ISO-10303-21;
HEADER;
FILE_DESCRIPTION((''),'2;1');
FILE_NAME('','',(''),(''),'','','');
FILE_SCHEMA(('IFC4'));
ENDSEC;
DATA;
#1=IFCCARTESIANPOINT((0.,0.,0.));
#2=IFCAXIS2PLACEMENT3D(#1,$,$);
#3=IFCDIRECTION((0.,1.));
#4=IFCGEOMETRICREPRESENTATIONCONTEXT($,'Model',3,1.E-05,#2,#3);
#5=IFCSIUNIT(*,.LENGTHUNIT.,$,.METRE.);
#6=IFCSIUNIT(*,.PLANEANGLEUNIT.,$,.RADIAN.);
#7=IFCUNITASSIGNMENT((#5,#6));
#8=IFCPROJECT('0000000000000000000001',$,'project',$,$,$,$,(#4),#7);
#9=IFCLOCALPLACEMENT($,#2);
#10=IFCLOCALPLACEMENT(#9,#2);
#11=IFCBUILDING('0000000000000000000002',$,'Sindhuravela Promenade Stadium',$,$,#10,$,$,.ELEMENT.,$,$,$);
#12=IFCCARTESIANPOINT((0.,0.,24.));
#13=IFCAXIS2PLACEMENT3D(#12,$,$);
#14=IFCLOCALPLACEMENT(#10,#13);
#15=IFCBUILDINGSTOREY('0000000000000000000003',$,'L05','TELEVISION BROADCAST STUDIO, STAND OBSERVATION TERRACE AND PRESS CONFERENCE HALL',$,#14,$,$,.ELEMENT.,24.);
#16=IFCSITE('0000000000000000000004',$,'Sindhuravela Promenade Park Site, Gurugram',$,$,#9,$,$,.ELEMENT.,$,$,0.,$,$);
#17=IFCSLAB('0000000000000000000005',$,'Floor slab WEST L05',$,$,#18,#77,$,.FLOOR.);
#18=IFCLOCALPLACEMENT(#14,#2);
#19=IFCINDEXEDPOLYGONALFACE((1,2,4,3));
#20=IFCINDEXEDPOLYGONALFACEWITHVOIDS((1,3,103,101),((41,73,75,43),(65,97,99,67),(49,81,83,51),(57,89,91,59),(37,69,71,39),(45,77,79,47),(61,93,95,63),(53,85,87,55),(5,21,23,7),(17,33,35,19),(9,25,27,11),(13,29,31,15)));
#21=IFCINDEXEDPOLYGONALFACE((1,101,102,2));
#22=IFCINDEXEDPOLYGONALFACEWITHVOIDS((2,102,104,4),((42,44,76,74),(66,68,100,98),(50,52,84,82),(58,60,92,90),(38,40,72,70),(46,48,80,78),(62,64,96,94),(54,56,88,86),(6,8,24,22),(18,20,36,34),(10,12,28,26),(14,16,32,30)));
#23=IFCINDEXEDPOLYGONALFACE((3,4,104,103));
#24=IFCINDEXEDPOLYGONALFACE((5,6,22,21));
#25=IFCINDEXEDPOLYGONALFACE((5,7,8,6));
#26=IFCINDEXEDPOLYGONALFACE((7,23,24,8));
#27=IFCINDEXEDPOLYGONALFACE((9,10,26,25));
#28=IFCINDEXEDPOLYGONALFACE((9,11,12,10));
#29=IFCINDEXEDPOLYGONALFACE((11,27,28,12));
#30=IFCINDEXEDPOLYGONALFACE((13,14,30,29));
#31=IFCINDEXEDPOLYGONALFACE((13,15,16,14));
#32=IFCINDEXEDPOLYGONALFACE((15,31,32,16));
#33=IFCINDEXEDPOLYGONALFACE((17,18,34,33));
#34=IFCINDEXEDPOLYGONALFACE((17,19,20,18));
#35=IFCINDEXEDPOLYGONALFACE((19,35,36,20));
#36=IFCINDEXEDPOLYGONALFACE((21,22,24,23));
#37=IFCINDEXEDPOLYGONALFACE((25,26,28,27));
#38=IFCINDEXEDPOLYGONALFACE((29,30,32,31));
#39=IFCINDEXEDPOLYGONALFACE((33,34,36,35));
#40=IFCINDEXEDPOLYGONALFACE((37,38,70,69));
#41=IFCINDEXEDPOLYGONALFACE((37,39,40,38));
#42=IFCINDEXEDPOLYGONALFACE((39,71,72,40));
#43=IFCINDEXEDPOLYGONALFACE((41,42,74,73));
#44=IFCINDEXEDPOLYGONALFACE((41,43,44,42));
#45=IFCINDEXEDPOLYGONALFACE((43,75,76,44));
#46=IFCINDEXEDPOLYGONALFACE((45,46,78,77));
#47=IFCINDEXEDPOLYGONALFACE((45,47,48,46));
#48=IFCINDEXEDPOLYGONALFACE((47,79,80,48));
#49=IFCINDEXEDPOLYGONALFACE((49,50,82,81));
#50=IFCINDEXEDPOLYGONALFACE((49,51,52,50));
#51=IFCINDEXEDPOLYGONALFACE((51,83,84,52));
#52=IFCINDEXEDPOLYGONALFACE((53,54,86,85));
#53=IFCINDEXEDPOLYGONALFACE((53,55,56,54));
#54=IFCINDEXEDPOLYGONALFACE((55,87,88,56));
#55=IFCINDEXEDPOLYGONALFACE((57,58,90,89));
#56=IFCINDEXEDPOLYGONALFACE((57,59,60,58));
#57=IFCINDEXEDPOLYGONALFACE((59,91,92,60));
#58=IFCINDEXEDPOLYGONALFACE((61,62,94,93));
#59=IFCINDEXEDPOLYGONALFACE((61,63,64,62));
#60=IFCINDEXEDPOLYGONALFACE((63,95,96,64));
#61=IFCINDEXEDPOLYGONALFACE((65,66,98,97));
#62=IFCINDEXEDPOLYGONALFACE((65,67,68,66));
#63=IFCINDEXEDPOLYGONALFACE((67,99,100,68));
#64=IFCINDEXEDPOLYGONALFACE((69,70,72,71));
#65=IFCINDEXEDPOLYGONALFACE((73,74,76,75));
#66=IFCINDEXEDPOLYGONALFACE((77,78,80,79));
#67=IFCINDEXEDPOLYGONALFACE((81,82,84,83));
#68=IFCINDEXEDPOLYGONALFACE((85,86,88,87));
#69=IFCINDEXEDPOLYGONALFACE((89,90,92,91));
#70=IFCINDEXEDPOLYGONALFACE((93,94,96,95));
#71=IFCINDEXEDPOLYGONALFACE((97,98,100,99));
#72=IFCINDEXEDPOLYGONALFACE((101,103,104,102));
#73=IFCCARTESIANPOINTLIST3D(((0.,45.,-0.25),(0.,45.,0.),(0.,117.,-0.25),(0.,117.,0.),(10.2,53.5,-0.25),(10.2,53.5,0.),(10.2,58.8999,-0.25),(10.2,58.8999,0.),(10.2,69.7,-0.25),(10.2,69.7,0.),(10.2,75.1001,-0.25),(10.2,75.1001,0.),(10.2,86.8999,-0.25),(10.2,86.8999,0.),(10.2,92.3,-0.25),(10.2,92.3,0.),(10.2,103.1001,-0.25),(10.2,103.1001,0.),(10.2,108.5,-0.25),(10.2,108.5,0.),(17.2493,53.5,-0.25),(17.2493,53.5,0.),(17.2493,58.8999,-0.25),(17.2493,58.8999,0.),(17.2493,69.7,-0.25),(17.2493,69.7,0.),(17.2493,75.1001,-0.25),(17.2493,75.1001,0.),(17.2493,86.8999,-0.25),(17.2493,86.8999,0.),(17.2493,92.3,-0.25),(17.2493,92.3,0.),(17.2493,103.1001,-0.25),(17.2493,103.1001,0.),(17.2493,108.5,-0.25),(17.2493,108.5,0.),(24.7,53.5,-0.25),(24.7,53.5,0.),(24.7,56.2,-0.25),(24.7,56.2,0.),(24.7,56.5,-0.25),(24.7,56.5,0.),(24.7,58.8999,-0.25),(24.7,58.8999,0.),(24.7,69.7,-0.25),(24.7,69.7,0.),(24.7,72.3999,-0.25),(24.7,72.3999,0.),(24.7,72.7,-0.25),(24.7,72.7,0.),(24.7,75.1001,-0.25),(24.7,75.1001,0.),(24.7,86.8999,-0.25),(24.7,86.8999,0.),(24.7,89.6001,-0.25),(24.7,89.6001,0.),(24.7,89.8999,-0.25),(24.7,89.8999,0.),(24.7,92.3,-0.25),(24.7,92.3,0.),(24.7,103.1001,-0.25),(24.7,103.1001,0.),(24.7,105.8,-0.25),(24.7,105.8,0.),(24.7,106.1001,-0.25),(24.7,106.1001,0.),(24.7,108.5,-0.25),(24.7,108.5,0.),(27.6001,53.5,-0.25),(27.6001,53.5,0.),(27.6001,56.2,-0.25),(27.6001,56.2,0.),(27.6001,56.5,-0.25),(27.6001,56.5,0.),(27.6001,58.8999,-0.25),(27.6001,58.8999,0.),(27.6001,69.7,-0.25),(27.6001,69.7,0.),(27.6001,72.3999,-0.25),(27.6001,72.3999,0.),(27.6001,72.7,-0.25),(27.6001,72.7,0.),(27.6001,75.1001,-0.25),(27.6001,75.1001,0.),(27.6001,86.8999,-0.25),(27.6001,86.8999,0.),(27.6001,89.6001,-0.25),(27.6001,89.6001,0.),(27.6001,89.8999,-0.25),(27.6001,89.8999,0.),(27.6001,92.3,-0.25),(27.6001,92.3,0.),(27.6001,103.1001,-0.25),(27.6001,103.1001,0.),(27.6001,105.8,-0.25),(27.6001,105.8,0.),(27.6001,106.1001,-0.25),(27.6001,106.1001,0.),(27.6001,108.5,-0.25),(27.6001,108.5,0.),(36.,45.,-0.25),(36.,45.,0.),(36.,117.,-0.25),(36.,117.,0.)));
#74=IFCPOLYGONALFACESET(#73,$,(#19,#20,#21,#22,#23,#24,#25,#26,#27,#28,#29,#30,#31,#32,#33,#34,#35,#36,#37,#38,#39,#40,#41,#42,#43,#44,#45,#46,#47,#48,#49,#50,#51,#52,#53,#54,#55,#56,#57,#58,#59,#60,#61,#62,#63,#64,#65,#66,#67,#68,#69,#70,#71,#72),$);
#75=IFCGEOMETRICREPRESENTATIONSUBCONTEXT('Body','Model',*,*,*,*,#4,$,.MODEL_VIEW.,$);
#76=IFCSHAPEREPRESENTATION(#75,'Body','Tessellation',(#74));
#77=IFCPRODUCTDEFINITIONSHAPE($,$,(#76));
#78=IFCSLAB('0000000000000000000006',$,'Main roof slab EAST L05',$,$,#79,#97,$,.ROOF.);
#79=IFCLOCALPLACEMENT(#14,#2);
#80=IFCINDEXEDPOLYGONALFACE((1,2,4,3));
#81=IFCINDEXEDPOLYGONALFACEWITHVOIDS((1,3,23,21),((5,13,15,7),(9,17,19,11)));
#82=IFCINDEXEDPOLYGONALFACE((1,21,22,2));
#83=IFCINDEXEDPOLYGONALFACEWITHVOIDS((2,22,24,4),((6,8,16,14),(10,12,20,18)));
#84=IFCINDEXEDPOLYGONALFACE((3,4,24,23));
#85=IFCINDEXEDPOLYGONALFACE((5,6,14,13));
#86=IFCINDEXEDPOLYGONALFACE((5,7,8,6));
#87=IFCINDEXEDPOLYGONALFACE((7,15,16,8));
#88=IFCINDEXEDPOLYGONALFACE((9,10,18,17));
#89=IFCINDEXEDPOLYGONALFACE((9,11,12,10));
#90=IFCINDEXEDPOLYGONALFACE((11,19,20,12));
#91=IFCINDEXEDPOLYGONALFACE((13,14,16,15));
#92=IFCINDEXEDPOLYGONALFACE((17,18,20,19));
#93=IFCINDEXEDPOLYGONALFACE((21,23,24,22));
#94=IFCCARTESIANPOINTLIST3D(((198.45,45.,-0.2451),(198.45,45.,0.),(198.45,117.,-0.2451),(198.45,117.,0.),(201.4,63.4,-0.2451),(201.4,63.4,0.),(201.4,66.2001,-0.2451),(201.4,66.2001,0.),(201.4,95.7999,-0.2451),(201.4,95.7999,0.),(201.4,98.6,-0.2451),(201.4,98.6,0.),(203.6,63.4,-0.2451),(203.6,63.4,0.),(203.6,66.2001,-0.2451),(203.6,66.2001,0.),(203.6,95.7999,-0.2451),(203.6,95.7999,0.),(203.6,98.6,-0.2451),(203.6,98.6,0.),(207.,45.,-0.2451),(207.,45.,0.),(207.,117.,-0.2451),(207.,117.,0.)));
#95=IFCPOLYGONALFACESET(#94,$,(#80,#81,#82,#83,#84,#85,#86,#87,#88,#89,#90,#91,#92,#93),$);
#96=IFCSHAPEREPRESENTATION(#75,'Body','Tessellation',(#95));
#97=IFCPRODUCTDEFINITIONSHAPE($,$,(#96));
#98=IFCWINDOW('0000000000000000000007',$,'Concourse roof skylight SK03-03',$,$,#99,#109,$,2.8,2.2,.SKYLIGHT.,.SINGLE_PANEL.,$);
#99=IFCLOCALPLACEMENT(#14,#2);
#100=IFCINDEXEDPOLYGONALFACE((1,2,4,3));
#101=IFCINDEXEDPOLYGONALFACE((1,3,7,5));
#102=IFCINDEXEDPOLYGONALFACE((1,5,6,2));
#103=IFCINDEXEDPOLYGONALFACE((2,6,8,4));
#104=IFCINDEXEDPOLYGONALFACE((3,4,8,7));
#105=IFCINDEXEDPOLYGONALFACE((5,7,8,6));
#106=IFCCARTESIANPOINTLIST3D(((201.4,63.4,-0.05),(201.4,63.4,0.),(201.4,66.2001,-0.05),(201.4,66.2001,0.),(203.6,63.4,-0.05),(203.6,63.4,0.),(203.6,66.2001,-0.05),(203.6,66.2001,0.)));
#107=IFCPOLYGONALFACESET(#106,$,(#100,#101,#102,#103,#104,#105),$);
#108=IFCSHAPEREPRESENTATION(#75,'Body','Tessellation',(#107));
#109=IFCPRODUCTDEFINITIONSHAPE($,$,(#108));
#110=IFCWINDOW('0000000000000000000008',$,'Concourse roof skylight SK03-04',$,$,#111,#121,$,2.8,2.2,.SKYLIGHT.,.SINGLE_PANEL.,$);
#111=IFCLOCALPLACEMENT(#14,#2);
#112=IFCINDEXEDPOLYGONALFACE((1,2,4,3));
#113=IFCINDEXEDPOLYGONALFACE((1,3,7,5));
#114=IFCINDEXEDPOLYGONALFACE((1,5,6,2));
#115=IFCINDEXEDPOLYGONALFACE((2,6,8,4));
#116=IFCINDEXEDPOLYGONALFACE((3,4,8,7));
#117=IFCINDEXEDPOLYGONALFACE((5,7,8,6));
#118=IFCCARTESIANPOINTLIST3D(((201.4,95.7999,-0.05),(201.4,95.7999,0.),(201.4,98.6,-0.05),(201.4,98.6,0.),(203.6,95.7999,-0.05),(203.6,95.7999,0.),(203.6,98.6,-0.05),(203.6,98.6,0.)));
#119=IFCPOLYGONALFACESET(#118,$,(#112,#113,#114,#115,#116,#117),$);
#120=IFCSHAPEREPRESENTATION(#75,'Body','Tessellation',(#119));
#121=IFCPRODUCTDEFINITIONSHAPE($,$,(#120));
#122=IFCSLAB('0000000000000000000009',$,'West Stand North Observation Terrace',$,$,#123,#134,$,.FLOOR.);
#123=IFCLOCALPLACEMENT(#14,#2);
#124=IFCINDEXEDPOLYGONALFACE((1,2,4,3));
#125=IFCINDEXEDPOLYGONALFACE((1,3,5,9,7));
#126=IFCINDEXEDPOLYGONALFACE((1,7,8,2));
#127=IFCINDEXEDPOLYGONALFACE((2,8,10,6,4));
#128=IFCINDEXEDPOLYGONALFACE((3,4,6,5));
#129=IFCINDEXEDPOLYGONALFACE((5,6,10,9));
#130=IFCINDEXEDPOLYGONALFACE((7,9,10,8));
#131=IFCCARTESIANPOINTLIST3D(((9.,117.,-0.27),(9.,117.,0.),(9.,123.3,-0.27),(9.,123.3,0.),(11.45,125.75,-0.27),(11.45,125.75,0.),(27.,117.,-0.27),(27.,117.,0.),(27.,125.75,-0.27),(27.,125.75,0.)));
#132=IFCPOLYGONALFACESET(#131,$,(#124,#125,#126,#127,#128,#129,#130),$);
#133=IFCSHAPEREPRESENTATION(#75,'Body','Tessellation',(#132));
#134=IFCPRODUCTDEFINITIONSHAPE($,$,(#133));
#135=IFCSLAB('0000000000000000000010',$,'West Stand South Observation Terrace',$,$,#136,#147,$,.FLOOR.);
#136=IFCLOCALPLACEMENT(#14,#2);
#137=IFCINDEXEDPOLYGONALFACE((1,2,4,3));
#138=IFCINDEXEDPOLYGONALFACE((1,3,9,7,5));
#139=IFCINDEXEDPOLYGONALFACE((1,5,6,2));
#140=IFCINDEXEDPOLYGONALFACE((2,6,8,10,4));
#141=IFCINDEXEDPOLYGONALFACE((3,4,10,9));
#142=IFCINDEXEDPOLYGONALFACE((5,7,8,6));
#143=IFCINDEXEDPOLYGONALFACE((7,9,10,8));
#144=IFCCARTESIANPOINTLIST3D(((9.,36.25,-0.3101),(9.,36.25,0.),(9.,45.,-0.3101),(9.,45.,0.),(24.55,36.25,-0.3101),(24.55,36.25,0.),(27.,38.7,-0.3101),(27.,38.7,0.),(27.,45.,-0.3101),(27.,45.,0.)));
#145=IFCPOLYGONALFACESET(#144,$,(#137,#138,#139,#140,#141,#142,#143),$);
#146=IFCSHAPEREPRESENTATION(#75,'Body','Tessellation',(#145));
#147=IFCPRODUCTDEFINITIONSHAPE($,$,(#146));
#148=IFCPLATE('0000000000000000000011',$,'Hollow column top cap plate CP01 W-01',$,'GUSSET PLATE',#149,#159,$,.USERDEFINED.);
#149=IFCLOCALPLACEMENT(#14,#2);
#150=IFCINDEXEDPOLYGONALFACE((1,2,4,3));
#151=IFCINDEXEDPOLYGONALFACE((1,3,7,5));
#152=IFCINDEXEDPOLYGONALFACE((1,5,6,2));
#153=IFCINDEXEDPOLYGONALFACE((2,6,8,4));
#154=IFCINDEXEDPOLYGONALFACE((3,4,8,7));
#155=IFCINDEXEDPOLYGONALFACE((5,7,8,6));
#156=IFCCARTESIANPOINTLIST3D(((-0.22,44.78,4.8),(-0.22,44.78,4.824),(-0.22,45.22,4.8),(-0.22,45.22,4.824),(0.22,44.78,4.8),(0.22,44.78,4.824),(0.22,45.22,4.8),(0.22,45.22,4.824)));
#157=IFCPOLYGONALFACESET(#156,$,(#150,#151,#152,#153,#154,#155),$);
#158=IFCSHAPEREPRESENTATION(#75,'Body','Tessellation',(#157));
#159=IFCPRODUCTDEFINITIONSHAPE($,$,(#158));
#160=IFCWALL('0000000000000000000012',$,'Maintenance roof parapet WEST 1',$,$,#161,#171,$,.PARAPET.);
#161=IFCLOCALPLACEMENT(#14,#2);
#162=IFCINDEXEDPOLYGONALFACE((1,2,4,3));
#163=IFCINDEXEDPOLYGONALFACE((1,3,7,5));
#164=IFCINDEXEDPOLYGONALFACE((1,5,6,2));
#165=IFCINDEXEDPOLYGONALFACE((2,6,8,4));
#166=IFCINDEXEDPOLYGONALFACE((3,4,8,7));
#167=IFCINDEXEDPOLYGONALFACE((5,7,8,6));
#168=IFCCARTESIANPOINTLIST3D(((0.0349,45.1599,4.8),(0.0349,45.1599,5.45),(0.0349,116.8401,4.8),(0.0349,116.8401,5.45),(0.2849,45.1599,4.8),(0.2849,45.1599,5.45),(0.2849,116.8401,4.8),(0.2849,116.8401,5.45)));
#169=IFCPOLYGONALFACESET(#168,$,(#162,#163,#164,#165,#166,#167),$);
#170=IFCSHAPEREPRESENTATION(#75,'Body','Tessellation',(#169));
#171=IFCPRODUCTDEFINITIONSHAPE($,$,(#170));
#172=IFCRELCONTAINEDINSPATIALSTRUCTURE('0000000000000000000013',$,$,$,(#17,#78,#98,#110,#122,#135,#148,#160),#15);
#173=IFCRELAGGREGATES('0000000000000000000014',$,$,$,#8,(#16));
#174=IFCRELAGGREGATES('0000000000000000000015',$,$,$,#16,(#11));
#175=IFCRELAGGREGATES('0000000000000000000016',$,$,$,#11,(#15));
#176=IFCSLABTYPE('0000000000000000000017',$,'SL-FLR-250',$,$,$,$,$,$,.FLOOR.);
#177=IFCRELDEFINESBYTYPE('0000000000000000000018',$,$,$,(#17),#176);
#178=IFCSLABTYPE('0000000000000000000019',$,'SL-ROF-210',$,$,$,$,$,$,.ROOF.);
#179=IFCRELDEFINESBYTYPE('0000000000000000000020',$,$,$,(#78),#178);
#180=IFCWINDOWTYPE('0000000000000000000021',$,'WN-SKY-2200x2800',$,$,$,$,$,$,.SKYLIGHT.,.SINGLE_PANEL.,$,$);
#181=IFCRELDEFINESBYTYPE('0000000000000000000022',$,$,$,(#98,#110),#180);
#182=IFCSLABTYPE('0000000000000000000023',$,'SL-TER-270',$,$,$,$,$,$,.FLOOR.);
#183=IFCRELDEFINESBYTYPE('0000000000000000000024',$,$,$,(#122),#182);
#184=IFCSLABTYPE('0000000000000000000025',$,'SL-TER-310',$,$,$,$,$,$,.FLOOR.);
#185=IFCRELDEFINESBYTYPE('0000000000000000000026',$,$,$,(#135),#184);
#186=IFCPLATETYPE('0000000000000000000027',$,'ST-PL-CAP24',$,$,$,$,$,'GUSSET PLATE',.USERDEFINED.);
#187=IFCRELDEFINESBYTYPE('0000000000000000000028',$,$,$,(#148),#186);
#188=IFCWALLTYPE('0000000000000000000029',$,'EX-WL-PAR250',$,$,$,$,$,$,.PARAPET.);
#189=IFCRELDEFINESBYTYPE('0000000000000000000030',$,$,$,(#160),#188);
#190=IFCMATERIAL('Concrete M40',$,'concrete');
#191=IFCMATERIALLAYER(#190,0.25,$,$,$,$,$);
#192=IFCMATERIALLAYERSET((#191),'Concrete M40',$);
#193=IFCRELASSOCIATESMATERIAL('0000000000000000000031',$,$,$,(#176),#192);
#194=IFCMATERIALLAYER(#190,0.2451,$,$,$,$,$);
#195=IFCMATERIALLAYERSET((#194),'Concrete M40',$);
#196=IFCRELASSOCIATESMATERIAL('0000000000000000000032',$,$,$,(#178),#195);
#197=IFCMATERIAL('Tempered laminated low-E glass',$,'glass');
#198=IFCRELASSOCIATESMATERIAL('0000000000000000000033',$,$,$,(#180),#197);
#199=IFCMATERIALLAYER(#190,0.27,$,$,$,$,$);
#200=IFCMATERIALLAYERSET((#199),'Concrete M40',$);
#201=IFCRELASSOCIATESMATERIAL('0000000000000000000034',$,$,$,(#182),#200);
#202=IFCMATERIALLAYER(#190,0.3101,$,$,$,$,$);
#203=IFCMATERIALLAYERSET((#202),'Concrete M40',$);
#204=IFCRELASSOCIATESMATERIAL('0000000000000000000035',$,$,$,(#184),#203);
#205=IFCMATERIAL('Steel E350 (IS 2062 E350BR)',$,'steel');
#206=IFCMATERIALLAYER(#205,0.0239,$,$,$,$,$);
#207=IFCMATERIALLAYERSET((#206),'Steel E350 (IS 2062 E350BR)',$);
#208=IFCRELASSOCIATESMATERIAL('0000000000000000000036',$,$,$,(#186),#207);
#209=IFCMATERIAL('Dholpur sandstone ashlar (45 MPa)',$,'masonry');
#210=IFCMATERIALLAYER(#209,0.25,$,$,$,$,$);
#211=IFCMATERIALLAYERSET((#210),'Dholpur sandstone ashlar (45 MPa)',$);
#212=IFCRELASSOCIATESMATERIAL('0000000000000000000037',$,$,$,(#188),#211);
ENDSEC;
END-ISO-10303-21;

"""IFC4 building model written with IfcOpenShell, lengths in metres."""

from ifc_helpers import new_model, si_unit, direction, frame, frame_2d, origin, origin_2d, place, context, subcontext, project, spatial, polyline, rectangle, outline, extrude, material, layer, layer_set, type_object, element, fill, save


model = new_model("IFC4")

# Units and contexts
model_context = context("Model", 3, precision=1e-05, world=origin(), true_north=direction((0.0, 1.0)))
body_context = subcontext(model_context, "Body", "Model", "MODEL_VIEW")
ifc_project = project(units=[si_unit("LENGTHUNIT", "METRE"), si_unit("PLANEANGLEUNIT", "RADIAN")], contexts=[model_context])

# Site, building, storey
site_placement = place(None, origin())
site = spatial("IfcSite", under=ifc_project, at=site_placement, Name="Sindhuravela Promenade Park Site, Gurugram", CompositionType="ELEMENT", RefElevation=0.0)
building_placement = place(site_placement, origin())
building = spatial("IfcBuilding", under=site, at=building_placement, Name="Sindhuravela Promenade Stadium", CompositionType="ELEMENT")
storey_placement = place(building_placement, frame((0.0, 0.0, 24.0)))
storey = spatial("IfcBuildingStorey", under=building, at=storey_placement, Name="L05", Description="TELEVISION BROADCAST STUDIO, STAND OBSERVATION TERRACE AND PRESS CONFERENCE HALL", CompositionType="ELEMENT", Elevation=24.0)

# Shared definitions
ifc_material_1 = material(Name="Steel E350 (IS 2062 E350BR)", Category="steel")

# Shared definitions
ifc_material_2 = material(Name="Concrete M40", Category="concrete")

# Slab
ifc_layer_1 = layer(ifc_material_2, 0.25)
ifc_layer_set_1 = layer_set([ifc_layer_1], Name="Concrete M40")
slab_type_1 = type_object("IfcSlabType", Name="SL-FLR-250", PredefinedType="FLOOR", material=ifc_layer_set_1)
slab_1_placement = place(storey_placement, frame((0.0, 0.0, -0.25)))
element("IfcSlab", 1, at=slab_1_placement, inside=storey, type_object=slab_type_1, Name="Floor slab WEST L05", PredefinedType="FLOOR", context=body_context, shape_type="SweptSolid", body=[
    extrude(outline(polyline([(0.0, 45.0), (36.0, 45.0), (36.0, 117.0), (0.0, 117.0), (0.0, 45.0)]), holes=[polyline([(10.2, 53.5), (17.2493, 53.5), (17.2493, 58.8999), (10.2, 58.8999), (10.2, 53.5)]), polyline([(24.7, 56.5), (27.6001, 56.5), (27.6001, 58.8999), (24.7, 58.8999), (24.7, 56.5)]), polyline([(24.7, 53.5), (27.6001, 53.5), (27.6001, 56.2), (24.7, 56.2), (24.7, 53.5)]), polyline([(10.2, 69.7), (17.2493, 69.7), (17.2493, 75.1001), (10.2, 75.1001), (10.2, 69.7)]), polyline([(24.7, 72.7), (27.6001, 72.7), (27.6001, 75.1001), (24.7, 75.1001), (24.7, 72.7)]), polyline([(24.7, 69.7), (27.6001, 69.7), (27.6001, 72.3999), (24.7, 72.3999), (24.7, 69.7)]), polyline([(10.2, 86.8999), (17.2493, 86.8999), (17.2493, 92.3), (10.2, 92.3), (10.2, 86.8999)]), polyline([(24.7, 89.8999), (27.6001, 89.8999), (27.6001, 92.3), (24.7, 92.3), (24.7, 89.8999)]), polyline([(24.7, 86.8999), (27.6001, 86.8999), (27.6001, 89.6001), (24.7, 89.6001), (24.7, 86.8999)]), polyline([(10.2, 103.1001), (17.2493, 103.1001), (17.2493, 108.5), (10.2, 108.5), (10.2, 103.1001)]), polyline([(24.7, 106.1001), (27.6001, 106.1001), (27.6001, 108.5), (24.7, 108.5), (24.7, 106.1001)]), polyline([(24.7, 103.1001), (27.6001, 103.1001), (27.6001, 105.8), (24.7, 105.8), (24.7, 103.1001)])]), origin(), (0.0, 0.0, 1.0), 0.25),
])

# Slab, openings, windows
ifc_layer_2 = layer(ifc_material_2, 0.2451)
ifc_layer_set_2 = layer_set([ifc_layer_2], Name="Concrete M40")
slab_type_2 = type_object("IfcSlabType", Name="SL-ROF-210", PredefinedType="ROOF", material=ifc_layer_set_2)
slab_2_placement = place(storey_placement, frame((0.0, 0.0, -0.2451)))
slab_2 = element("IfcSlab", 2, at=slab_2_placement, inside=storey, type_object=slab_type_2, Name="Main roof slab EAST L05", PredefinedType="ROOF", context=body_context, shape_type="SweptSolid", body=[
    extrude(outline(polyline([(198.45, 45.0), (198.45, 117.0), (207.0, 117.0), (207.0, 45.0), (198.45, 45.0)])), origin(), (0.0, 0.0, 1.0), 0.2451),
])
opening_1_placement = place(slab_2_placement, frame((202.5, 64.8, -0.01)))
opening_1 = element("IfcOpeningElement", 3, at=opening_1_placement, cuts=slab_2, PredefinedType="OPENING", context=body_context, shape_type="SweptSolid", body=[
    extrude(rectangle(XDim=2.2, YDim=2.8, at=origin_2d()), origin(), (0.0, 0.0, 1.0), 0.2651),
])
opening_2_placement = place(slab_2_placement, frame((202.5, 97.2, -0.01)))
opening_2 = element("IfcOpeningElement", 4, at=opening_2_placement, cuts=slab_2, PredefinedType="OPENING", context=body_context, shape_type="SweptSolid", body=[
    extrude(rectangle(XDim=2.2, YDim=2.8, at=origin_2d()), origin(), (0.0, 0.0, 1.0), 0.2651),
])
ifc_material_3 = material(Name="Tempered laminated low-E glass", Category="glass")
window_type = type_object("IfcWindowType", Name="WN-SKY-2200x2800", PartitioningType="SINGLE_PANEL", PredefinedType="SKYLIGHT", material=ifc_material_3)
window_1_placement = place(slab_2_placement, frame((202.5, 64.8, 0.1951)))
window_1 = element("IfcWindow", 5, at=window_1_placement, inside=storey, type_object=window_type, Name="Concourse roof skylight SK03-03", OverallHeight=2.8, OverallWidth=2.2, PartitioningType="SINGLE_PANEL", PredefinedType="SKYLIGHT", context=body_context, shape_type="SweptSolid", body=[
    extrude(rectangle(XDim=2.2, YDim=2.8, at=origin_2d()), origin(), (0.0, 0.0, 1.0), 0.05),
])
fill(opening_1, window_1)
window_2_placement = place(slab_2_placement, frame((202.5, 97.2, 0.1951)))
window_2 = element("IfcWindow", 6, at=window_2_placement, inside=storey, type_object=window_type, Name="Concourse roof skylight SK03-04", OverallHeight=2.8, OverallWidth=2.2, PartitioningType="SINGLE_PANEL", PredefinedType="SKYLIGHT", context=body_context, shape_type="SweptSolid", body=[
    extrude(rectangle(XDim=2.2, YDim=2.8, at=origin_2d()), origin(), (0.0, 0.0, 1.0), 0.05),
])
fill(opening_2, window_2)

# Slabs
ifc_layer_3 = layer(ifc_material_2, 0.27)
ifc_layer_set_3 = layer_set([ifc_layer_3], Name="Concrete M40")
slab_type_3 = type_object("IfcSlabType", Name="SL-TER-270", PredefinedType="FLOOR", material=ifc_layer_set_3)
slab_3_placement = place(storey_placement, frame((0.0, 0.0, -0.27)))
element("IfcSlab", 7, at=slab_3_placement, inside=storey, type_object=slab_type_3, Name="West Stand North Observation Terrace", PredefinedType="FLOOR", context=body_context, shape_type="SweptSolid", body=[
    extrude(outline(polyline([(9.0, 117.0), (27.0, 117.0), (27.0, 125.75), (11.45, 125.75), (9.0, 123.3), (9.0, 117.0)])), origin(), (0.0, 0.0, 1.0), 0.27),
])
ifc_layer_4 = layer(ifc_material_2, 0.3101)
ifc_layer_set_4 = layer_set([ifc_layer_4], Name="Concrete M40")
slab_type_4 = type_object("IfcSlabType", Name="SL-TER-310", PredefinedType="FLOOR", material=ifc_layer_set_4)
slab_4_placement = place(storey_placement, frame((0.0, 0.0, -0.3101)))
element("IfcSlab", 8, at=slab_4_placement, inside=storey, type_object=slab_type_4, Name="West Stand South Observation Terrace", PredefinedType="FLOOR", context=body_context, shape_type="SweptSolid", body=[
    extrude(outline(polyline([(9.0, 36.25), (24.55, 36.25), (27.0, 38.7), (27.0, 45.0), (9.0, 45.0), (9.0, 36.25)])), origin(), (0.0, 0.0, 1.0), 0.3101),
])

# Plate
ifc_layer_5 = layer(ifc_material_1, 0.0239)
ifc_layer_set_5 = layer_set([ifc_layer_5], Name="Steel E350 (IS 2062 E350BR)")
plate_type_1 = type_object("IfcPlateType", Name="ST-PL-CAP24", ElementType="GUSSET PLATE", PredefinedType="USERDEFINED", material=ifc_layer_set_5)
plate_1_placement = place(storey_placement, frame((0.0, 45.0, 4.8), z_axis=(0.0, 0.0, 1.0), x_axis=(1.0, 0.0, 0.0)))
element("IfcPlate", 9, at=plate_1_placement, inside=storey, type_object=plate_type_1, Name="Hollow column top cap plate CP01 W-01", ObjectType="GUSSET PLATE", PredefinedType="USERDEFINED", context=body_context, shape_type="SweptSolid", body=[
    extrude(rectangle(XDim=0.4399, YDim=0.4399, at=origin_2d()), origin(), (0.0, 0.0, 1.0), 0.0239),
])

# Wall
ifc_material_4 = material(Name="Dholpur sandstone ashlar (45 MPa)", Category="masonry")
ifc_layer_6 = layer(ifc_material_4, 0.25)
ifc_layer_set_6 = layer_set([ifc_layer_6], Name="Dholpur sandstone ashlar (45 MPa)")
wall_type = type_object("IfcWallType", Name="EX-WL-PAR250", PredefinedType="PARAPET", material=ifc_layer_set_6)
wall_placement = place(storey_placement, frame((0.1599, 45.1599, 4.8), z_axis=(0.0, 0.0, 1.0), x_axis=(0.0, 1.0, 0.0)))
element("IfcWall", 10, at=wall_placement, inside=storey, type_object=wall_type, Name="Maintenance roof parapet WEST 1", PredefinedType="PARAPET", context=body_context, shape_type="SweptSolid", body=[
    extrude(rectangle(XDim=71.6802, YDim=0.25, at=frame_2d((35.8401, 0.0))), origin(), (0.0, 0.0, 1.0), 0.6499),
])

save(model, "model.ifc")
